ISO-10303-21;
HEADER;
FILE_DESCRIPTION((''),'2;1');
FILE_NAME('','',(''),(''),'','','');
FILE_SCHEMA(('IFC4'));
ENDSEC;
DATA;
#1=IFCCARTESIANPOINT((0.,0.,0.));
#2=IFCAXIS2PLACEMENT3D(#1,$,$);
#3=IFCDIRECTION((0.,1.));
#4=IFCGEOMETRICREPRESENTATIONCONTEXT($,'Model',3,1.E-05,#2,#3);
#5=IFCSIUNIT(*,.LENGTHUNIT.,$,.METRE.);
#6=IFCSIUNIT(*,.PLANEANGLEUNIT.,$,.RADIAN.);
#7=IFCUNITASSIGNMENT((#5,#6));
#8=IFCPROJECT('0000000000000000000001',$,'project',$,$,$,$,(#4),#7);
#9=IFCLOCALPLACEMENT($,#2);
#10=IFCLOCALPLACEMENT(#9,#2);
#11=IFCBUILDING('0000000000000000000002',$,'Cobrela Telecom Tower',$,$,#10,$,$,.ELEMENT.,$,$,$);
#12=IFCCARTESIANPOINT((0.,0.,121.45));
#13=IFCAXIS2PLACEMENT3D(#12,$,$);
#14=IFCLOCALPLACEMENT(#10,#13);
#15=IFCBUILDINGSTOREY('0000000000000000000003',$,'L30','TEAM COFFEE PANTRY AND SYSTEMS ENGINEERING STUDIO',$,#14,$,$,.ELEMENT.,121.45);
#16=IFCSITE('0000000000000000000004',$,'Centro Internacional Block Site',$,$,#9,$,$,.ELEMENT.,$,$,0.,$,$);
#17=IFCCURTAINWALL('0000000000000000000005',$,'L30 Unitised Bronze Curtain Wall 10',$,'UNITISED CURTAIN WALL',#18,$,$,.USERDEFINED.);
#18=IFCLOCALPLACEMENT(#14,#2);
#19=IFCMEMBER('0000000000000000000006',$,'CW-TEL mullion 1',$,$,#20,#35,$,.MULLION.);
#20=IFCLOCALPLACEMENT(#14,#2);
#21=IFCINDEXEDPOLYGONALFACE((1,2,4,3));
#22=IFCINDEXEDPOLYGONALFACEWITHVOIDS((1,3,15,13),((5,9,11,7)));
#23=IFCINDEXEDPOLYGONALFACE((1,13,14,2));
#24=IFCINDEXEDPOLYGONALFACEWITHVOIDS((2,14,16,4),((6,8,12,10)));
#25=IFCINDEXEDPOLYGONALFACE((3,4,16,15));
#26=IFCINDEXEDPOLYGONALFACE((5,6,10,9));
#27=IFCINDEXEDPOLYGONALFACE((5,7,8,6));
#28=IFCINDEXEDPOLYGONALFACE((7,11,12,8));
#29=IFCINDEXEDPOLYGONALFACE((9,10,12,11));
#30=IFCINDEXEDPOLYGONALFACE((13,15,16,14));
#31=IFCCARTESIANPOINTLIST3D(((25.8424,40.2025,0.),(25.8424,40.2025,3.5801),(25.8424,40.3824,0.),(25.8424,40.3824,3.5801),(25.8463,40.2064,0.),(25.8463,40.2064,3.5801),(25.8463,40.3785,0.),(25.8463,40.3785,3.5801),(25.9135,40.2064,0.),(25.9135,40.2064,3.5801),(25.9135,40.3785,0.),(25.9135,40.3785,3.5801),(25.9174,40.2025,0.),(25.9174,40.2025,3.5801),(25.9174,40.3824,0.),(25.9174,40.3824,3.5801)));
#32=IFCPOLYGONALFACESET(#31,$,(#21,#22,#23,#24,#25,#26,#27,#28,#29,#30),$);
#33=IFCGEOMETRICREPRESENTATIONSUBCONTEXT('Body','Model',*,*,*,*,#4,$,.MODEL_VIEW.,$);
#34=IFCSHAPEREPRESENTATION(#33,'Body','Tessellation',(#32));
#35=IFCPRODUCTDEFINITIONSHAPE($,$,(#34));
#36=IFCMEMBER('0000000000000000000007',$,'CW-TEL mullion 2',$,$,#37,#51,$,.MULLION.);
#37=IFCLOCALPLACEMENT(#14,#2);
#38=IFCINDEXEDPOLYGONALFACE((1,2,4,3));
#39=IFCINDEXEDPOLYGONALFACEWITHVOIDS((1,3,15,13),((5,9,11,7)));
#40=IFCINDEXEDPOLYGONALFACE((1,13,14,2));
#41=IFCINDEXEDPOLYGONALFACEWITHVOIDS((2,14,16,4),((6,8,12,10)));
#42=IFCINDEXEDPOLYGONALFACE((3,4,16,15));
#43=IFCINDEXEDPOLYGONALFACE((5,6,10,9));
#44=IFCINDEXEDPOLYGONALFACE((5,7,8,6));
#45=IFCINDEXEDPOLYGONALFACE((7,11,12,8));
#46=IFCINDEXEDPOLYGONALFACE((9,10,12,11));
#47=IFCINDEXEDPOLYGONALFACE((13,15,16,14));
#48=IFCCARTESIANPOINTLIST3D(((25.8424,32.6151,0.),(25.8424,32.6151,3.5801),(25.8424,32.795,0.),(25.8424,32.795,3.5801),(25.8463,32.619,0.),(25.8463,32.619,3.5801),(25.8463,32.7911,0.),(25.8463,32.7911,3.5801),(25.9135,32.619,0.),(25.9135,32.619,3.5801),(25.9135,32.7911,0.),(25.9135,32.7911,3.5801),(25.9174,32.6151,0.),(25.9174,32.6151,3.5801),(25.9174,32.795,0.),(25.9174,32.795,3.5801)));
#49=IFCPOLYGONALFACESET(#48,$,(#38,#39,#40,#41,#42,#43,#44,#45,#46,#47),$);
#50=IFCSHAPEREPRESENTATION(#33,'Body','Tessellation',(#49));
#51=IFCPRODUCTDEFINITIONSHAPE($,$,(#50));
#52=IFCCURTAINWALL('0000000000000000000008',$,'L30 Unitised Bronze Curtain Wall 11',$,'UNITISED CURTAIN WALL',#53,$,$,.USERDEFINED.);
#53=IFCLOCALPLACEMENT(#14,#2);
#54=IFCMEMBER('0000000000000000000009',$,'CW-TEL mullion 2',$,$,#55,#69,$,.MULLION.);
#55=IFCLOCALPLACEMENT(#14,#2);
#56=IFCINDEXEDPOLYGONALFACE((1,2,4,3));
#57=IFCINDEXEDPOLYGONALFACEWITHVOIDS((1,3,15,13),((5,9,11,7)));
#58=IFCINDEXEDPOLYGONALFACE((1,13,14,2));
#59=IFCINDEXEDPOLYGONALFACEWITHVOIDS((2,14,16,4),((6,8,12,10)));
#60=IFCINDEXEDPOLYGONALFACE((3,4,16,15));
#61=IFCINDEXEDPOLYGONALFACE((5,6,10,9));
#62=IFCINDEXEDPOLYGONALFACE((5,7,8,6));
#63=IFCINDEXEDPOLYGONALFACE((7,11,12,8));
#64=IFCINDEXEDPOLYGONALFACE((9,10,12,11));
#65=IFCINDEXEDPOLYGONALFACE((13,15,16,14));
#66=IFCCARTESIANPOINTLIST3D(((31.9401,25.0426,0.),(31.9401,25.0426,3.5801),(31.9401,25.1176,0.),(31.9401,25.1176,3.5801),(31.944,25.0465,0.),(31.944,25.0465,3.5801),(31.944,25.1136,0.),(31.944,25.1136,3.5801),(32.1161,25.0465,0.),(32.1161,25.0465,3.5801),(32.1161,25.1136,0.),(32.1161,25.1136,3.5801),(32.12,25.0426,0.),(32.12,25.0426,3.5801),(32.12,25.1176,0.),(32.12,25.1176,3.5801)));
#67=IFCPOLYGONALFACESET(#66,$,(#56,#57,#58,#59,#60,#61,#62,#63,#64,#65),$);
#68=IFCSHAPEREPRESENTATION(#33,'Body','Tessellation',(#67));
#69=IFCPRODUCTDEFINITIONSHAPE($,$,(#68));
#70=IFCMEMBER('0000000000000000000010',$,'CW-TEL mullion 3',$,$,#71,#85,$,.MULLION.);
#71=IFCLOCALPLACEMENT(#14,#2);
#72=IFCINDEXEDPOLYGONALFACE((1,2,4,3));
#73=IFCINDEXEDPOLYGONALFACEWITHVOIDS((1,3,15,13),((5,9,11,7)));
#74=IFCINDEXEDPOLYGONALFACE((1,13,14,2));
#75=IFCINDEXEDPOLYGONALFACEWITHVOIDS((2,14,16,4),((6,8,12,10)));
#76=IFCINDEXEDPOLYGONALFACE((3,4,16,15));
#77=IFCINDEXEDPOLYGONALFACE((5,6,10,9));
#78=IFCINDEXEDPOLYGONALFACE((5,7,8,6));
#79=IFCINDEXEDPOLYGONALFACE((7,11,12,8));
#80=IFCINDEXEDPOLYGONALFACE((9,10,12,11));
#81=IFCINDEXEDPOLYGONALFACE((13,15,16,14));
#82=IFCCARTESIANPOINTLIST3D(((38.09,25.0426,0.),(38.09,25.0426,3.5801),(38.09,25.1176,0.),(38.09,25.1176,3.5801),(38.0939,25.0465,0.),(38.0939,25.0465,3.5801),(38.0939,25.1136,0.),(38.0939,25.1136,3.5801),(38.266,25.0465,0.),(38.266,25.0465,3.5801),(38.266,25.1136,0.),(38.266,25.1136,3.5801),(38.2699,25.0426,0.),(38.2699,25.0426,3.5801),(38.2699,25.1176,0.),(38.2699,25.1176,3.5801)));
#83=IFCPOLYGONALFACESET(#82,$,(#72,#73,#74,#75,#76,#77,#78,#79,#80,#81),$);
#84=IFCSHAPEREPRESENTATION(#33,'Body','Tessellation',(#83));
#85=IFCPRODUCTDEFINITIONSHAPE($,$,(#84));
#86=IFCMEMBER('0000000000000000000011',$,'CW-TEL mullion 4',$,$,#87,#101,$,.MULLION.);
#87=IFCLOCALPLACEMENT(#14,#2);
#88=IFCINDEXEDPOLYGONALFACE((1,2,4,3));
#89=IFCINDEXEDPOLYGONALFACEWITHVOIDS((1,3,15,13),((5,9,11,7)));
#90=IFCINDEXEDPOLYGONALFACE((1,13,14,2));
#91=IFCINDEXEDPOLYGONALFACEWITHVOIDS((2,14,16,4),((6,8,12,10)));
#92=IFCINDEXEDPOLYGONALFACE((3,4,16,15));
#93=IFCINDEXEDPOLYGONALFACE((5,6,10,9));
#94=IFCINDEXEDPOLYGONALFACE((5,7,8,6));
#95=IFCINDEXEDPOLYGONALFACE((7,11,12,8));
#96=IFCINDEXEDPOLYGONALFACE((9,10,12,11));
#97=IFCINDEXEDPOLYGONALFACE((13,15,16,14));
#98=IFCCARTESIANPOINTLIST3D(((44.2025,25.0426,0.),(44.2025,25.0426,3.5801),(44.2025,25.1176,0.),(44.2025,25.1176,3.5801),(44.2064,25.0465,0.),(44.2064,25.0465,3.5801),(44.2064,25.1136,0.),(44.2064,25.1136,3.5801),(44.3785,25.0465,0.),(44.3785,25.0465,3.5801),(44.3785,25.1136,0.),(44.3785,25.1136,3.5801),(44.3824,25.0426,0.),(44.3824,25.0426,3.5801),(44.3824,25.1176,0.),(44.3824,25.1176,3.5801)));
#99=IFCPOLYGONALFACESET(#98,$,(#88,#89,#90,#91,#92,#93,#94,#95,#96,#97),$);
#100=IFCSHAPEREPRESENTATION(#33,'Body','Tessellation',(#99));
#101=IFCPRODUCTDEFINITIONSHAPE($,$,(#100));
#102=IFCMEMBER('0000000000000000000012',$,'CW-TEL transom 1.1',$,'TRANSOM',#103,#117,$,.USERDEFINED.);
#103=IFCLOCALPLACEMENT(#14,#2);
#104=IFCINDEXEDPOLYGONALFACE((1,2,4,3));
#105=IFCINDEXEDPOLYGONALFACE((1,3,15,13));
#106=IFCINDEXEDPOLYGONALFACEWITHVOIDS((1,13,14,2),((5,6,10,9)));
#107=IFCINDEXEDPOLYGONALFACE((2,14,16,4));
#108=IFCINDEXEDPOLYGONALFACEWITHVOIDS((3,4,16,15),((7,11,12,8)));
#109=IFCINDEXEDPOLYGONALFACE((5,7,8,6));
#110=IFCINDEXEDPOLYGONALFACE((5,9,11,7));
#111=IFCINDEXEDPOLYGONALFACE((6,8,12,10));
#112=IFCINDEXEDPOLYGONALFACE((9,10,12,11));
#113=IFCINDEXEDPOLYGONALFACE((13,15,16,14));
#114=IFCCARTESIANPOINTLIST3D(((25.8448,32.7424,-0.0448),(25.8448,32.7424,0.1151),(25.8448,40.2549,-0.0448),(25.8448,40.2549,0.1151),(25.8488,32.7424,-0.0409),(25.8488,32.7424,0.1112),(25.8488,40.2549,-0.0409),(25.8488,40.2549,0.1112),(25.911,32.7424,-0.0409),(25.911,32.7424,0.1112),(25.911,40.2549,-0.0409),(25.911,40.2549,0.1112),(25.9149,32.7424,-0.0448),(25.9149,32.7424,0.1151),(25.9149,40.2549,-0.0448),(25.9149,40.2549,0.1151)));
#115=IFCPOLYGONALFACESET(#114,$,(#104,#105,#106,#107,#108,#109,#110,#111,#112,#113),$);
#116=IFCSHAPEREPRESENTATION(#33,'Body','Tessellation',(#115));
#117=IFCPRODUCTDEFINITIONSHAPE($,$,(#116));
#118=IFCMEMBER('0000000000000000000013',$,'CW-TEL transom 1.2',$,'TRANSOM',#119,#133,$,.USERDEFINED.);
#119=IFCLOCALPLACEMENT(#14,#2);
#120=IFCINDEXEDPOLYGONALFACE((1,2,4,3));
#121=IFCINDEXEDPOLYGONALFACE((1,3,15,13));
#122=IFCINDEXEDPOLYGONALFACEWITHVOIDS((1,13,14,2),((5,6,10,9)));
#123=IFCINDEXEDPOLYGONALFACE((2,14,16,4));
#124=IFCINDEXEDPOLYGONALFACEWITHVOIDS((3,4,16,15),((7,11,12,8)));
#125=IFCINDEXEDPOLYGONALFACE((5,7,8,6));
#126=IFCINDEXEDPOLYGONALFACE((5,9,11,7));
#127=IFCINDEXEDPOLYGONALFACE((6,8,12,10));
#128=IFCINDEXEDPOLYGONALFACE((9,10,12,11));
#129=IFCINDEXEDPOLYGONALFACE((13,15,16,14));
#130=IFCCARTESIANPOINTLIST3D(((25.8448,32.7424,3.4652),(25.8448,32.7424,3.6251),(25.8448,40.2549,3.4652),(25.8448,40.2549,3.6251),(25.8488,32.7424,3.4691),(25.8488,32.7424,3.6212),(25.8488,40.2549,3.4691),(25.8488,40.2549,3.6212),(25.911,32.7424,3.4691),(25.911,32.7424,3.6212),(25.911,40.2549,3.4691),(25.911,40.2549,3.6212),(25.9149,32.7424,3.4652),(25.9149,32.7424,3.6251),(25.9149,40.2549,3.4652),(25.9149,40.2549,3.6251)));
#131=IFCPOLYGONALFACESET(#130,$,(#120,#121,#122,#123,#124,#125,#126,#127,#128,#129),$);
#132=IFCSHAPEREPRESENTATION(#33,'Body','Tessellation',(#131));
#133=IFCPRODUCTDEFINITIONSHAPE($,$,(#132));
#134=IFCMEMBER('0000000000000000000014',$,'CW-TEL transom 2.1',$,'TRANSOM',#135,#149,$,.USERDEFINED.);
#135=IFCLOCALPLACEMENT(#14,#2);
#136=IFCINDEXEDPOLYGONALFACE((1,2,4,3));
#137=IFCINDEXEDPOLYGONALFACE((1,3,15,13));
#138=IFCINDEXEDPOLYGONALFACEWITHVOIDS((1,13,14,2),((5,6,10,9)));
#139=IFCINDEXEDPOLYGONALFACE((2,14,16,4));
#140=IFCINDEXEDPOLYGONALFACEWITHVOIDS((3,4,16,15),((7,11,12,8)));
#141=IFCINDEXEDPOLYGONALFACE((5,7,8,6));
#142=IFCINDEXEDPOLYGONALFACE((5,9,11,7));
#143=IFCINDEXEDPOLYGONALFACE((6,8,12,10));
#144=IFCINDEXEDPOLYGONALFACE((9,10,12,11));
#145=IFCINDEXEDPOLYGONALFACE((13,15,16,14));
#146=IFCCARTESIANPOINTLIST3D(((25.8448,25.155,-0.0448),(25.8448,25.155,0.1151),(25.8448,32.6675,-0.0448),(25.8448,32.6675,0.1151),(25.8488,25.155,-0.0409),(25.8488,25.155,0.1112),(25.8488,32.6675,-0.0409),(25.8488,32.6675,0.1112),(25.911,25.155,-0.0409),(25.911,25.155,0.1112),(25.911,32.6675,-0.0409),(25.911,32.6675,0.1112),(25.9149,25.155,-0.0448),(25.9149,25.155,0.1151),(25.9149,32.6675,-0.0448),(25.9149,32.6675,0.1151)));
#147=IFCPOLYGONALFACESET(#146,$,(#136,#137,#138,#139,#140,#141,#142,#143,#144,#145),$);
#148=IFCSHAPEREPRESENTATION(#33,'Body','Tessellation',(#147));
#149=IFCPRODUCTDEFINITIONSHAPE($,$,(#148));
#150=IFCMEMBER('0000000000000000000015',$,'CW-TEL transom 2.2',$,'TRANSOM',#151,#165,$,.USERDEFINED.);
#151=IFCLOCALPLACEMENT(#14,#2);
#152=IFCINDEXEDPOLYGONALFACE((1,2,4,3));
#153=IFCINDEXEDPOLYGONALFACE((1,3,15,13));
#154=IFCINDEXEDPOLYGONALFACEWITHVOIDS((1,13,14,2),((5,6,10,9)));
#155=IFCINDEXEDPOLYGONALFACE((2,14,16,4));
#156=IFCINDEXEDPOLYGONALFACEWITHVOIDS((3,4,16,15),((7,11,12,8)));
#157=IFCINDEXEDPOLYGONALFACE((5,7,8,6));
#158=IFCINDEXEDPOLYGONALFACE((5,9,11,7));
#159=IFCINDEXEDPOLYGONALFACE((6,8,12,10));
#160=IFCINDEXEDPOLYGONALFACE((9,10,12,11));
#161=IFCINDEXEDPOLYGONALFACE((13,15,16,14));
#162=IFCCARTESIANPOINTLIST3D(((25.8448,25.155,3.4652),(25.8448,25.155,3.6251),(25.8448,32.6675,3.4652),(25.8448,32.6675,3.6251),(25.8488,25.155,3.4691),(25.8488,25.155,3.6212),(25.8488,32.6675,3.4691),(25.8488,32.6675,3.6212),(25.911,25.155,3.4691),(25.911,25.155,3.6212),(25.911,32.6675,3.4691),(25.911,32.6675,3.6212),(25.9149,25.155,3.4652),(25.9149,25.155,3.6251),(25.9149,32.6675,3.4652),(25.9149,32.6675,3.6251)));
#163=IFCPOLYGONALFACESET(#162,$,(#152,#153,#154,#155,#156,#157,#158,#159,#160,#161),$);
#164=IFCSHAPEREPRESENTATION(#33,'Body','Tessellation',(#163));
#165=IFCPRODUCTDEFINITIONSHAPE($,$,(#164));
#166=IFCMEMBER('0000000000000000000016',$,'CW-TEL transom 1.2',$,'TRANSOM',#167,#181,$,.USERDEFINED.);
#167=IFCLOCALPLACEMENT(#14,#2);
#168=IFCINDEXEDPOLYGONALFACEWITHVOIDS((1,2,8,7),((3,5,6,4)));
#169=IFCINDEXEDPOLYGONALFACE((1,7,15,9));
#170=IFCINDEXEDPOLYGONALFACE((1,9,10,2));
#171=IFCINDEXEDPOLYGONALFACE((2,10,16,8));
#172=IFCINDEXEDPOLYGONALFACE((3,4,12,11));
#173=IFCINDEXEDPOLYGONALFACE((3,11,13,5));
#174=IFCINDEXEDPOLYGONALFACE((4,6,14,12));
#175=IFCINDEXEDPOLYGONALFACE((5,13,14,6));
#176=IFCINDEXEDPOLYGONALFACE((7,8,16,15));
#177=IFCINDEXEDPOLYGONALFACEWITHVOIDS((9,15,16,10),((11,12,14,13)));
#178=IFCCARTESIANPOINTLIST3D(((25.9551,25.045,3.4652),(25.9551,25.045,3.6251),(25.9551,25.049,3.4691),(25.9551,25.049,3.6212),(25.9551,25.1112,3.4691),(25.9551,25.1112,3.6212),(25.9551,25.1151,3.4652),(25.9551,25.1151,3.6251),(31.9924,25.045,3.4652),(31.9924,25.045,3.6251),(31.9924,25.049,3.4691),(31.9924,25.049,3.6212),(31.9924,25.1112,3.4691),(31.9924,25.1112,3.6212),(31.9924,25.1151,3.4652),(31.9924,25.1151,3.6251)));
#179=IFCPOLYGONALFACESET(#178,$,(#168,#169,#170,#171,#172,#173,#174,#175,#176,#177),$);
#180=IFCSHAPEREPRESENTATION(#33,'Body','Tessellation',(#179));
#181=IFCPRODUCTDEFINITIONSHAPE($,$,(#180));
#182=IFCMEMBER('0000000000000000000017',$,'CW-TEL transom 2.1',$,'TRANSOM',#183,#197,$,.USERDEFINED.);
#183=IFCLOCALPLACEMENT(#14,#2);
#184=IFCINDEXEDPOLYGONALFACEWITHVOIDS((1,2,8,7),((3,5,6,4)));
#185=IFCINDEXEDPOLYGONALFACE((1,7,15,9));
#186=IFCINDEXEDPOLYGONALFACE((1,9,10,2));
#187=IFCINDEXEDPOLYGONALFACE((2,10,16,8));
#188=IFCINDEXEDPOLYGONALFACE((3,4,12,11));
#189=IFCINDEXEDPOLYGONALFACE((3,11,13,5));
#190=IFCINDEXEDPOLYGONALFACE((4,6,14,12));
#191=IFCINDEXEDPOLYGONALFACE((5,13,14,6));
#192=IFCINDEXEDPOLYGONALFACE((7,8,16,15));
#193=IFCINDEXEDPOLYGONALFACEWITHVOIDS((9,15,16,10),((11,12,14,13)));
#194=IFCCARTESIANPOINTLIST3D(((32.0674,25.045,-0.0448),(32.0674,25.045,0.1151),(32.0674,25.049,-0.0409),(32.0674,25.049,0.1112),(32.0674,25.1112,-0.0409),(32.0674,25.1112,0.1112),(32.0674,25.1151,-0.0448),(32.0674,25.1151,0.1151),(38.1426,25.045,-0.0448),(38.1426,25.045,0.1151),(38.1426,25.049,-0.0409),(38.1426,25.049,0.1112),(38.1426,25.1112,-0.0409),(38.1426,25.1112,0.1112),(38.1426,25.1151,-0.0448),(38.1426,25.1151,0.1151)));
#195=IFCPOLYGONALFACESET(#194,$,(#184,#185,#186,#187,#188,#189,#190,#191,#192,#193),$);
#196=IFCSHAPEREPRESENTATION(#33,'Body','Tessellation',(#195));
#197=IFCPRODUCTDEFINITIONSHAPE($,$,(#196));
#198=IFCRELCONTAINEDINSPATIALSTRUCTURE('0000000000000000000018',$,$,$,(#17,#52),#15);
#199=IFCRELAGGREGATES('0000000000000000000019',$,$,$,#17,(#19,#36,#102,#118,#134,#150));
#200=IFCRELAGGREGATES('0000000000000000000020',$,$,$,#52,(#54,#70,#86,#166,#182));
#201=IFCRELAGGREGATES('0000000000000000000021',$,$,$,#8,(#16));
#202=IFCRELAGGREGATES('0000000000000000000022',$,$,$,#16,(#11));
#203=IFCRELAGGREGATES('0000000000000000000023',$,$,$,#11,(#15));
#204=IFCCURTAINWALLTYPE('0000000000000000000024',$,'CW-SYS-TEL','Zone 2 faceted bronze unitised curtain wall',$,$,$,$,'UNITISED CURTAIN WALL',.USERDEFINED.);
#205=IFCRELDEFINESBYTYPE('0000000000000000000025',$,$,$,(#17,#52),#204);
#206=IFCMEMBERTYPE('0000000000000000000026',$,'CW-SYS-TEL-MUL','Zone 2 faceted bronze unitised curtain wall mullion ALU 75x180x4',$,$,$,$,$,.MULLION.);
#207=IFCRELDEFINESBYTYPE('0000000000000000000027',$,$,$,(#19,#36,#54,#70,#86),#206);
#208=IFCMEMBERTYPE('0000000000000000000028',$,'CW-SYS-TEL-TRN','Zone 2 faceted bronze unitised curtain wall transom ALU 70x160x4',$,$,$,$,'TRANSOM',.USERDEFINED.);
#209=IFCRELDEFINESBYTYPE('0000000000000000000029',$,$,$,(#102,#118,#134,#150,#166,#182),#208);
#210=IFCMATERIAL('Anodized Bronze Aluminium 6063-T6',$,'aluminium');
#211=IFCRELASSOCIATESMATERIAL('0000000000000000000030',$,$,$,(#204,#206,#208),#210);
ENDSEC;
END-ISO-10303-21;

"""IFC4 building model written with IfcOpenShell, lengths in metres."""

from ifc_helpers import new_model, si_unit, direction, frame, origin, origin_2d, place, context, subcontext, project, spatial, hollow_rectangle, extrude, material, material_profile, profile_set, type_object, element, aggregate, save


model = new_model("IFC4")

# Units and contexts
model_context = context("Model", 3, precision=1e-05, world=origin(), true_north=direction((0.0, 1.0)))
body_context = subcontext(model_context, "Body", "Model", "MODEL_VIEW")
ifc_project = project(units=[si_unit("LENGTHUNIT", "METRE"), si_unit("PLANEANGLEUNIT", "RADIAN")], contexts=[model_context])

# Site, building, storey
site_placement = place(None, origin())
site = spatial("IfcSite", under=ifc_project, at=site_placement, Name="Centro Internacional Block Site", CompositionType="ELEMENT", RefElevation=0.0)
building_placement = place(site_placement, origin())
building = spatial("IfcBuilding", under=site, at=building_placement, Name="Cobrela Telecom Tower", CompositionType="ELEMENT")
storey_placement = place(building_placement, frame((0.0, 0.0, 121.45)))
storey = spatial("IfcBuildingStorey", under=building, at=storey_placement, Name="L30", Description="TEAM COFFEE PANTRY AND SYSTEMS ENGINEERING STUDIO", CompositionType="ELEMENT", Elevation=121.45)

# Curtain walls, members
ifc_material_1 = material(Name="Anodized Bronze Aluminium 6063-T6", Category="aluminium")
curtain_wall_type = type_object("IfcCurtainWallType", Name="CW-SYS-TEL", Description="Zone 2 faceted bronze unitised curtain wall", ElementType="UNITISED CURTAIN WALL", PredefinedType="USERDEFINED", material=ifc_material_1)
curtain_wall_1_placement = place(storey_placement, origin())
curtain_wall_1 = element("IfcCurtainWall", 1, at=curtain_wall_1_placement, inside=storey, type_object=curtain_wall_type, Name="L30 Unitised Bronze Curtain Wall 10", ObjectType="UNITISED CURTAIN WALL", PredefinedType="USERDEFINED")
ifc_material_profile_1 = material_profile(ifc_material_1, hollow_rectangle(XDim=0.075, YDim=0.1799, WallThickness=0.0039, at=origin_2d()), Name="ALU 75x180x4")
ifc_profile_set_1 = profile_set([ifc_material_profile_1], Name="Anodized Bronze Aluminium 6063-T6")
member_type_1 = type_object("IfcMemberType", Name="CW-SYS-TEL-MUL", Description="Zone 2 faceted bronze unitised curtain wall mullion ALU 75x180x4", PredefinedType="MULLION", material=ifc_profile_set_1)
member_1_placement = place(storey_placement, frame((25.8799, 40.2925, 0.0), z_axis=(0.0, 0.0, 1.0), x_axis=(1.0, 0.0, 0.0)))
member_1 = element("IfcMember", 2, at=member_1_placement, type_object=member_type_1, Name="CW-TEL mullion 1", PredefinedType="MULLION", context=body_context, shape_type="SweptSolid", body=[
    extrude(hollow_rectangle(XDim=0.075, YDim=0.1799, WallThickness=0.0039, at=origin_2d()), origin(), (0.0, 0.0, 1.0), 3.5801),
])
member_2_placement = place(storey_placement, frame((25.8799, 32.7051, 0.0), z_axis=(0.0, 0.0, 1.0), x_axis=(1.0, 0.0, 0.0)))
member_2 = element("IfcMember", 3, at=member_2_placement, type_object=member_type_1, Name="CW-TEL mullion 2", PredefinedType="MULLION", context=body_context, shape_type="SweptSolid", body=[
    extrude(hollow_rectangle(XDim=0.075, YDim=0.1799, WallThickness=0.0039, at=origin_2d()), origin(), (0.0, 0.0, 1.0), 3.5801),
])
curtain_wall_2_placement = place(storey_placement, origin())
curtain_wall_2 = element("IfcCurtainWall", 4, at=curtain_wall_2_placement, inside=storey, type_object=curtain_wall_type, Name="L30 Unitised Bronze Curtain Wall 11", ObjectType="UNITISED CURTAIN WALL", PredefinedType="USERDEFINED")
member_3_placement = place(storey_placement, frame((32.03, 25.0801, 0.0), z_axis=(0.0, 0.0, 1.0), x_axis=(0.0, 1.0, 0.0)))
member_3 = element("IfcMember", 5, at=member_3_placement, type_object=member_type_1, Name="CW-TEL mullion 2", PredefinedType="MULLION", context=body_context, shape_type="SweptSolid", body=[
    extrude(hollow_rectangle(XDim=0.075, YDim=0.1799, WallThickness=0.0039, at=origin_2d()), origin(), (0.0, 0.0, 1.0), 3.5801),
])
member_4_placement = place(storey_placement, frame((38.1799, 25.0801, 0.0), z_axis=(0.0, 0.0, 1.0), x_axis=(0.0, 1.0, 0.0)))
member_4 = element("IfcMember", 6, at=member_4_placement, type_object=member_type_1, Name="CW-TEL mullion 3", PredefinedType="MULLION", context=body_context, shape_type="SweptSolid", body=[
    extrude(hollow_rectangle(XDim=0.075, YDim=0.1799, WallThickness=0.0039, at=origin_2d()), origin(), (0.0, 0.0, 1.0), 3.5801),
])
member_5_placement = place(storey_placement, frame((44.2925, 25.0801, 0.0), z_axis=(0.0, 0.0, 1.0), x_axis=(0.0, 1.0, 0.0)))
member_5 = element("IfcMember", 7, at=member_5_placement, type_object=member_type_1, Name="CW-TEL mullion 4", PredefinedType="MULLION", context=body_context, shape_type="SweptSolid", body=[
    extrude(hollow_rectangle(XDim=0.075, YDim=0.1799, WallThickness=0.0039, at=origin_2d()), origin(), (0.0, 0.0, 1.0), 3.5801),
])

# Members
ifc_material_profile_2 = material_profile(ifc_material_1, hollow_rectangle(XDim=0.0701, YDim=0.1599, WallThickness=0.0039, at=origin_2d()), Name="ALU 70x160x4")
ifc_profile_set_2 = profile_set([ifc_material_profile_2], Name="Anodized Bronze Aluminium 6063-T6")
member_type_2 = type_object("IfcMemberType", Name="CW-SYS-TEL-TRN", Description="Zone 2 faceted bronze unitised curtain wall transom ALU 70x160x4", ElementType="TRANSOM", PredefinedType="USERDEFINED", material=ifc_profile_set_2)
member_6_placement = place(storey_placement, frame((25.8799, 40.2549, 0.0352), z_axis=(0.0, -1.0, 0.0), x_axis=(1.0, 0.0, 0.0)))
member_6 = element("IfcMember", 8, at=member_6_placement, type_object=member_type_2, Name="CW-TEL transom 1.1", ObjectType="TRANSOM", PredefinedType="USERDEFINED", context=body_context, shape_type="SweptSolid", body=[
    extrude(hollow_rectangle(XDim=0.0701, YDim=0.1599, WallThickness=0.0039, at=origin_2d()), origin(), (0.0, 0.0, 1.0), 7.5125),
])
member_7_placement = place(storey_placement, frame((25.8799, 40.2549, 3.5452), z_axis=(0.0, -1.0, 0.0), x_axis=(1.0, 0.0, 0.0)))
member_7 = element("IfcMember", 9, at=member_7_placement, type_object=member_type_2, Name="CW-TEL transom 1.2", ObjectType="TRANSOM", PredefinedType="USERDEFINED", context=body_context, shape_type="SweptSolid", body=[
    extrude(hollow_rectangle(XDim=0.0701, YDim=0.1599, WallThickness=0.0039, at=origin_2d()), origin(), (0.0, 0.0, 1.0), 7.5125),
])
member_8_placement = place(storey_placement, frame((25.8799, 32.6675, 0.0352), z_axis=(0.0, -1.0, 0.0), x_axis=(1.0, 0.0, 0.0)))
member_8 = element("IfcMember", 10, at=member_8_placement, type_object=member_type_2, Name="CW-TEL transom 2.1", ObjectType="TRANSOM", PredefinedType="USERDEFINED", context=body_context, shape_type="SweptSolid", body=[
    extrude(hollow_rectangle(XDim=0.0701, YDim=0.1599, WallThickness=0.0039, at=origin_2d()), origin(), (0.0, 0.0, 1.0), 7.5125),
])
member_9_placement = place(storey_placement, frame((25.8799, 32.6675, 3.5452), z_axis=(0.0, -1.0, 0.0), x_axis=(1.0, 0.0, 0.0)))
member_9 = element("IfcMember", 11, at=member_9_placement, type_object=member_type_2, Name="CW-TEL transom 2.2", ObjectType="TRANSOM", PredefinedType="USERDEFINED", context=body_context, shape_type="SweptSolid", body=[
    extrude(hollow_rectangle(XDim=0.0701, YDim=0.1599, WallThickness=0.0039, at=origin_2d()), origin(), (0.0, 0.0, 1.0), 7.5125),
])
member_10_placement = place(storey_placement, frame((25.9551, 25.0801, 3.5452), z_axis=(1.0, 0.0, 0.0), x_axis=(0.0, 1.0, 0.0)))
member_10 = element("IfcMember", 12, at=member_10_placement, type_object=member_type_2, Name="CW-TEL transom 1.2", ObjectType="TRANSOM", PredefinedType="USERDEFINED", context=body_context, shape_type="SweptSolid", body=[
    extrude(hollow_rectangle(XDim=0.0701, YDim=0.1599, WallThickness=0.0039, at=origin_2d()), origin(), (0.0, 0.0, 1.0), 6.0374),
])
member_11_placement = place(storey_placement, frame((32.0674, 25.0801, 0.0352), z_axis=(1.0, 0.0, 0.0), x_axis=(0.0, 1.0, 0.0)))
member_11 = element("IfcMember", 13, at=member_11_placement, type_object=member_type_2, Name="CW-TEL transom 2.1", ObjectType="TRANSOM", PredefinedType="USERDEFINED", context=body_context, shape_type="SweptSolid", body=[
    extrude(hollow_rectangle(XDim=0.0701, YDim=0.1599, WallThickness=0.0039, at=origin_2d()), origin(), (0.0, 0.0, 1.0), 6.0752),
])

aggregate(curtain_wall_1, [member_1, member_2, member_6, member_7, member_8, member_9])
aggregate(curtain_wall_2, [member_3, member_4, member_5, member_10, member_11])

save(model, "model.ifc")
